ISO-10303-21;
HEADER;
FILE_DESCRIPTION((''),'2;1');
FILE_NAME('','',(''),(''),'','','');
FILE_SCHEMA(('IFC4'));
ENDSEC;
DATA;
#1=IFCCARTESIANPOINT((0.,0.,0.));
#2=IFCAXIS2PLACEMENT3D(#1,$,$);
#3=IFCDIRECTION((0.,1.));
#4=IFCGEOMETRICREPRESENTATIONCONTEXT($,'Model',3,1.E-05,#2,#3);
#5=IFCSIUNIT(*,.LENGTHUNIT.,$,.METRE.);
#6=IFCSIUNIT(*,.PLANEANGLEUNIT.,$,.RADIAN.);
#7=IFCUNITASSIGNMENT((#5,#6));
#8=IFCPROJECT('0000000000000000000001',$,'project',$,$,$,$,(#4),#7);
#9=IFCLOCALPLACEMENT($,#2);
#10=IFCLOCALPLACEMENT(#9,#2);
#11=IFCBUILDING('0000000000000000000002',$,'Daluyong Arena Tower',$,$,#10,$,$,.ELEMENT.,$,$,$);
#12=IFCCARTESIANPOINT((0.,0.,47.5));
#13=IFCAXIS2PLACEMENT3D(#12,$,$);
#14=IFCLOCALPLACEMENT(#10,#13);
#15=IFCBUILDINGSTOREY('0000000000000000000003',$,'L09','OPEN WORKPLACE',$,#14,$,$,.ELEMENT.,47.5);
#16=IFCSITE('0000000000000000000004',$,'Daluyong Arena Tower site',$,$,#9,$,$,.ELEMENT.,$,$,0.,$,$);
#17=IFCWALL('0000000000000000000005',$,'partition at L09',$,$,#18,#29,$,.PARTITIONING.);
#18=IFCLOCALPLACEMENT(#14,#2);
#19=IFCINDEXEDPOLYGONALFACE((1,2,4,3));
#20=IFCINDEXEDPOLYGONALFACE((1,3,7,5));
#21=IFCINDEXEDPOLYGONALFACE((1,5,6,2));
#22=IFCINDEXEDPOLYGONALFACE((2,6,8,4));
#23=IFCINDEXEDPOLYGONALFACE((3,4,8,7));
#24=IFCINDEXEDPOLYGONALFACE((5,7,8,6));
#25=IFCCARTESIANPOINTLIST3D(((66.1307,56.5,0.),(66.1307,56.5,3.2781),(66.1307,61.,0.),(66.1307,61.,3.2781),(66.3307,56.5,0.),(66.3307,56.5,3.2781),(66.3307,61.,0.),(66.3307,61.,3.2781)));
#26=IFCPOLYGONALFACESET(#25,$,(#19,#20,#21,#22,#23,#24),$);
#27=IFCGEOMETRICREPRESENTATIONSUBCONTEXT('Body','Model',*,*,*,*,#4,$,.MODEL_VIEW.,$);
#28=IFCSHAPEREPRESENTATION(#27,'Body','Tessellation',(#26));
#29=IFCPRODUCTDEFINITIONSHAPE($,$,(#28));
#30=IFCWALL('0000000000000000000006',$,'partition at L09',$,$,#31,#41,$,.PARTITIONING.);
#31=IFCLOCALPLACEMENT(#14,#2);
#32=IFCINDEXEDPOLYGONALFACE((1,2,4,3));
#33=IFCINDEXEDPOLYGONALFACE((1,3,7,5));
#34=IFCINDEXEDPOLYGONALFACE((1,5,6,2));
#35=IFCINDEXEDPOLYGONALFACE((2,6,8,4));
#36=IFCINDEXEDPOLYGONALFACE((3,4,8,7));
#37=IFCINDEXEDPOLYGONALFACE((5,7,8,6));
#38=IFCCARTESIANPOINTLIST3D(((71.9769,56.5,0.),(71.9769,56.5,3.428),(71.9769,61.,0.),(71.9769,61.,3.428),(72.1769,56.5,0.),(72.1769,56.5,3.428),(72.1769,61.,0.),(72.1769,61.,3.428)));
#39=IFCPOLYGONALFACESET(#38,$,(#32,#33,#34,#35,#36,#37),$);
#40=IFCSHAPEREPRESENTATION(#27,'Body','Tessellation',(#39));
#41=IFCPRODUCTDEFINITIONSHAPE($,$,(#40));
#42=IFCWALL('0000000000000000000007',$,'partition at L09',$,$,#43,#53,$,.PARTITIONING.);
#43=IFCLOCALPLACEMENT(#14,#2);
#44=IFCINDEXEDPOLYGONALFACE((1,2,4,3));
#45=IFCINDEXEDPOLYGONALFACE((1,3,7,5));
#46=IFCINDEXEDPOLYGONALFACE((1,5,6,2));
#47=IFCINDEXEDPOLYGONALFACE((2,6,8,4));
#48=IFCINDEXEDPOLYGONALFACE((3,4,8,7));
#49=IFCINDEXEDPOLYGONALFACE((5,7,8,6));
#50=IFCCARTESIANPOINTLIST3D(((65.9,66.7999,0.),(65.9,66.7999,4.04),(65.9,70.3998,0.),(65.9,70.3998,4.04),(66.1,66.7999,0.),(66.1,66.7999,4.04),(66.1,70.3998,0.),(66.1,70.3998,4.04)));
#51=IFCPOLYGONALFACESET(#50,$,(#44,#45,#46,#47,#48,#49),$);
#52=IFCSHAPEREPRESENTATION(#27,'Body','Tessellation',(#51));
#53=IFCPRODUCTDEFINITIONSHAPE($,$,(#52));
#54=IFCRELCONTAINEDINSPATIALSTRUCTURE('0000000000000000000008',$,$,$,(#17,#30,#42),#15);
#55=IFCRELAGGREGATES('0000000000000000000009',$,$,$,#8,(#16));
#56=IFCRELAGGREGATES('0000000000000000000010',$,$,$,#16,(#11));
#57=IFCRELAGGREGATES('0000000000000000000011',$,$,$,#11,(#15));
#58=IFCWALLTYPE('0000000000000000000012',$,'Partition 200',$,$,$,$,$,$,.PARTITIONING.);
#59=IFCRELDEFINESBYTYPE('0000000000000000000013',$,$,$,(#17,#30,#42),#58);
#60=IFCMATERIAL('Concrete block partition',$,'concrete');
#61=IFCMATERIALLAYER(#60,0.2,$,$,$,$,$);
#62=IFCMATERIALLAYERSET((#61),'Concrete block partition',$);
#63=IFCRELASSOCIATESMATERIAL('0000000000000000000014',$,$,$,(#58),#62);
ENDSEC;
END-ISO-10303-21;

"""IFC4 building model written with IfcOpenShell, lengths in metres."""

from ifc_helpers import new_model, si_unit, direction, frame, frame_2d, origin, place, context, subcontext, project, spatial, rectangle, extrude, material, layer, layer_set, type_object, element, save


model = new_model("IFC4")

# Units and contexts
model_context = context("Model", 3, precision=1e-05, world=origin(), true_north=direction((0.0, 1.0)))
body_context = subcontext(model_context, "Body", "Model", "MODEL_VIEW")
ifc_project = project(units=[si_unit("LENGTHUNIT", "METRE"), si_unit("PLANEANGLEUNIT", "RADIAN")], contexts=[model_context])

# Site, building, storey
site_placement = place(None, origin())
site = spatial("IfcSite", under=ifc_project, at=site_placement, Name="Daluyong Arena Tower site", CompositionType="ELEMENT", RefElevation=0.0)
building_placement = place(site_placement, origin())
building = spatial("IfcBuilding", under=site, at=building_placement, Name="Daluyong Arena Tower", CompositionType="ELEMENT")
storey_placement = place(building_placement, frame((0.0, 0.0, 47.5)))
storey = spatial("IfcBuildingStorey", under=building, at=storey_placement, Name="L09", Description="OPEN WORKPLACE", CompositionType="ELEMENT", Elevation=47.5)

# Walls
ifc_material_1 = material(Name="Concrete block partition", Category="concrete")
ifc_layer_1 = layer(ifc_material_1, 0.2)
ifc_layer_set_1 = layer_set([ifc_layer_1], Name="Concrete block partition")
wall_type_1 = type_object("IfcWallType", Name="Partition 200", PredefinedType="PARTITIONING", material=ifc_layer_set_1)
wall_1_placement = place(storey_placement, frame((66.2307, 56.5, 0.0), z_axis=(0.0, 0.0, 1.0), x_axis=(0.0, 1.0, 0.0)))
element("IfcWall", 1, at=wall_1_placement, inside=storey, type_object=wall_type_1, Name="partition at L09", PredefinedType="PARTITIONING", context=body_context, shape_type="SweptSolid", body=[
    extrude(rectangle(XDim=4.5, YDim=0.2, at=frame_2d((2.25, 0.0))), origin(), (0.0, 0.0, 1.0), 3.2781),
])
wall_2_placement = place(storey_placement, frame((72.0769, 56.5, 0.0), z_axis=(0.0, 0.0, 1.0), x_axis=(0.0, 1.0, 0.0)))
element("IfcWall", 2, at=wall_2_placement, inside=storey, type_object=wall_type_1, Name="partition at L09", PredefinedType="PARTITIONING", context=body_context, shape_type="SweptSolid", body=[
    extrude(rectangle(XDim=4.5, YDim=0.2, at=frame_2d((2.25, 0.0))), origin(), (0.0, 0.0, 1.0), 3.428),
])
wall_3_placement = place(storey_placement, frame((66.0, 66.8, 0.0), z_axis=(0.0, 0.0, 1.0), x_axis=(0.0, 1.0, 0.0)))
element("IfcWall", 3, at=wall_3_placement, inside=storey, type_object=wall_type_1, Name="partition at L09", PredefinedType="PARTITIONING", context=body_context, shape_type="SweptSolid", body=[
    extrude(rectangle(XDim=3.5999, YDim=0.2, at=frame_2d((1.7998, 0.0))), origin(), (0.0, 0.0, 1.0), 4.04),
])

save(model, "model.ifc")
